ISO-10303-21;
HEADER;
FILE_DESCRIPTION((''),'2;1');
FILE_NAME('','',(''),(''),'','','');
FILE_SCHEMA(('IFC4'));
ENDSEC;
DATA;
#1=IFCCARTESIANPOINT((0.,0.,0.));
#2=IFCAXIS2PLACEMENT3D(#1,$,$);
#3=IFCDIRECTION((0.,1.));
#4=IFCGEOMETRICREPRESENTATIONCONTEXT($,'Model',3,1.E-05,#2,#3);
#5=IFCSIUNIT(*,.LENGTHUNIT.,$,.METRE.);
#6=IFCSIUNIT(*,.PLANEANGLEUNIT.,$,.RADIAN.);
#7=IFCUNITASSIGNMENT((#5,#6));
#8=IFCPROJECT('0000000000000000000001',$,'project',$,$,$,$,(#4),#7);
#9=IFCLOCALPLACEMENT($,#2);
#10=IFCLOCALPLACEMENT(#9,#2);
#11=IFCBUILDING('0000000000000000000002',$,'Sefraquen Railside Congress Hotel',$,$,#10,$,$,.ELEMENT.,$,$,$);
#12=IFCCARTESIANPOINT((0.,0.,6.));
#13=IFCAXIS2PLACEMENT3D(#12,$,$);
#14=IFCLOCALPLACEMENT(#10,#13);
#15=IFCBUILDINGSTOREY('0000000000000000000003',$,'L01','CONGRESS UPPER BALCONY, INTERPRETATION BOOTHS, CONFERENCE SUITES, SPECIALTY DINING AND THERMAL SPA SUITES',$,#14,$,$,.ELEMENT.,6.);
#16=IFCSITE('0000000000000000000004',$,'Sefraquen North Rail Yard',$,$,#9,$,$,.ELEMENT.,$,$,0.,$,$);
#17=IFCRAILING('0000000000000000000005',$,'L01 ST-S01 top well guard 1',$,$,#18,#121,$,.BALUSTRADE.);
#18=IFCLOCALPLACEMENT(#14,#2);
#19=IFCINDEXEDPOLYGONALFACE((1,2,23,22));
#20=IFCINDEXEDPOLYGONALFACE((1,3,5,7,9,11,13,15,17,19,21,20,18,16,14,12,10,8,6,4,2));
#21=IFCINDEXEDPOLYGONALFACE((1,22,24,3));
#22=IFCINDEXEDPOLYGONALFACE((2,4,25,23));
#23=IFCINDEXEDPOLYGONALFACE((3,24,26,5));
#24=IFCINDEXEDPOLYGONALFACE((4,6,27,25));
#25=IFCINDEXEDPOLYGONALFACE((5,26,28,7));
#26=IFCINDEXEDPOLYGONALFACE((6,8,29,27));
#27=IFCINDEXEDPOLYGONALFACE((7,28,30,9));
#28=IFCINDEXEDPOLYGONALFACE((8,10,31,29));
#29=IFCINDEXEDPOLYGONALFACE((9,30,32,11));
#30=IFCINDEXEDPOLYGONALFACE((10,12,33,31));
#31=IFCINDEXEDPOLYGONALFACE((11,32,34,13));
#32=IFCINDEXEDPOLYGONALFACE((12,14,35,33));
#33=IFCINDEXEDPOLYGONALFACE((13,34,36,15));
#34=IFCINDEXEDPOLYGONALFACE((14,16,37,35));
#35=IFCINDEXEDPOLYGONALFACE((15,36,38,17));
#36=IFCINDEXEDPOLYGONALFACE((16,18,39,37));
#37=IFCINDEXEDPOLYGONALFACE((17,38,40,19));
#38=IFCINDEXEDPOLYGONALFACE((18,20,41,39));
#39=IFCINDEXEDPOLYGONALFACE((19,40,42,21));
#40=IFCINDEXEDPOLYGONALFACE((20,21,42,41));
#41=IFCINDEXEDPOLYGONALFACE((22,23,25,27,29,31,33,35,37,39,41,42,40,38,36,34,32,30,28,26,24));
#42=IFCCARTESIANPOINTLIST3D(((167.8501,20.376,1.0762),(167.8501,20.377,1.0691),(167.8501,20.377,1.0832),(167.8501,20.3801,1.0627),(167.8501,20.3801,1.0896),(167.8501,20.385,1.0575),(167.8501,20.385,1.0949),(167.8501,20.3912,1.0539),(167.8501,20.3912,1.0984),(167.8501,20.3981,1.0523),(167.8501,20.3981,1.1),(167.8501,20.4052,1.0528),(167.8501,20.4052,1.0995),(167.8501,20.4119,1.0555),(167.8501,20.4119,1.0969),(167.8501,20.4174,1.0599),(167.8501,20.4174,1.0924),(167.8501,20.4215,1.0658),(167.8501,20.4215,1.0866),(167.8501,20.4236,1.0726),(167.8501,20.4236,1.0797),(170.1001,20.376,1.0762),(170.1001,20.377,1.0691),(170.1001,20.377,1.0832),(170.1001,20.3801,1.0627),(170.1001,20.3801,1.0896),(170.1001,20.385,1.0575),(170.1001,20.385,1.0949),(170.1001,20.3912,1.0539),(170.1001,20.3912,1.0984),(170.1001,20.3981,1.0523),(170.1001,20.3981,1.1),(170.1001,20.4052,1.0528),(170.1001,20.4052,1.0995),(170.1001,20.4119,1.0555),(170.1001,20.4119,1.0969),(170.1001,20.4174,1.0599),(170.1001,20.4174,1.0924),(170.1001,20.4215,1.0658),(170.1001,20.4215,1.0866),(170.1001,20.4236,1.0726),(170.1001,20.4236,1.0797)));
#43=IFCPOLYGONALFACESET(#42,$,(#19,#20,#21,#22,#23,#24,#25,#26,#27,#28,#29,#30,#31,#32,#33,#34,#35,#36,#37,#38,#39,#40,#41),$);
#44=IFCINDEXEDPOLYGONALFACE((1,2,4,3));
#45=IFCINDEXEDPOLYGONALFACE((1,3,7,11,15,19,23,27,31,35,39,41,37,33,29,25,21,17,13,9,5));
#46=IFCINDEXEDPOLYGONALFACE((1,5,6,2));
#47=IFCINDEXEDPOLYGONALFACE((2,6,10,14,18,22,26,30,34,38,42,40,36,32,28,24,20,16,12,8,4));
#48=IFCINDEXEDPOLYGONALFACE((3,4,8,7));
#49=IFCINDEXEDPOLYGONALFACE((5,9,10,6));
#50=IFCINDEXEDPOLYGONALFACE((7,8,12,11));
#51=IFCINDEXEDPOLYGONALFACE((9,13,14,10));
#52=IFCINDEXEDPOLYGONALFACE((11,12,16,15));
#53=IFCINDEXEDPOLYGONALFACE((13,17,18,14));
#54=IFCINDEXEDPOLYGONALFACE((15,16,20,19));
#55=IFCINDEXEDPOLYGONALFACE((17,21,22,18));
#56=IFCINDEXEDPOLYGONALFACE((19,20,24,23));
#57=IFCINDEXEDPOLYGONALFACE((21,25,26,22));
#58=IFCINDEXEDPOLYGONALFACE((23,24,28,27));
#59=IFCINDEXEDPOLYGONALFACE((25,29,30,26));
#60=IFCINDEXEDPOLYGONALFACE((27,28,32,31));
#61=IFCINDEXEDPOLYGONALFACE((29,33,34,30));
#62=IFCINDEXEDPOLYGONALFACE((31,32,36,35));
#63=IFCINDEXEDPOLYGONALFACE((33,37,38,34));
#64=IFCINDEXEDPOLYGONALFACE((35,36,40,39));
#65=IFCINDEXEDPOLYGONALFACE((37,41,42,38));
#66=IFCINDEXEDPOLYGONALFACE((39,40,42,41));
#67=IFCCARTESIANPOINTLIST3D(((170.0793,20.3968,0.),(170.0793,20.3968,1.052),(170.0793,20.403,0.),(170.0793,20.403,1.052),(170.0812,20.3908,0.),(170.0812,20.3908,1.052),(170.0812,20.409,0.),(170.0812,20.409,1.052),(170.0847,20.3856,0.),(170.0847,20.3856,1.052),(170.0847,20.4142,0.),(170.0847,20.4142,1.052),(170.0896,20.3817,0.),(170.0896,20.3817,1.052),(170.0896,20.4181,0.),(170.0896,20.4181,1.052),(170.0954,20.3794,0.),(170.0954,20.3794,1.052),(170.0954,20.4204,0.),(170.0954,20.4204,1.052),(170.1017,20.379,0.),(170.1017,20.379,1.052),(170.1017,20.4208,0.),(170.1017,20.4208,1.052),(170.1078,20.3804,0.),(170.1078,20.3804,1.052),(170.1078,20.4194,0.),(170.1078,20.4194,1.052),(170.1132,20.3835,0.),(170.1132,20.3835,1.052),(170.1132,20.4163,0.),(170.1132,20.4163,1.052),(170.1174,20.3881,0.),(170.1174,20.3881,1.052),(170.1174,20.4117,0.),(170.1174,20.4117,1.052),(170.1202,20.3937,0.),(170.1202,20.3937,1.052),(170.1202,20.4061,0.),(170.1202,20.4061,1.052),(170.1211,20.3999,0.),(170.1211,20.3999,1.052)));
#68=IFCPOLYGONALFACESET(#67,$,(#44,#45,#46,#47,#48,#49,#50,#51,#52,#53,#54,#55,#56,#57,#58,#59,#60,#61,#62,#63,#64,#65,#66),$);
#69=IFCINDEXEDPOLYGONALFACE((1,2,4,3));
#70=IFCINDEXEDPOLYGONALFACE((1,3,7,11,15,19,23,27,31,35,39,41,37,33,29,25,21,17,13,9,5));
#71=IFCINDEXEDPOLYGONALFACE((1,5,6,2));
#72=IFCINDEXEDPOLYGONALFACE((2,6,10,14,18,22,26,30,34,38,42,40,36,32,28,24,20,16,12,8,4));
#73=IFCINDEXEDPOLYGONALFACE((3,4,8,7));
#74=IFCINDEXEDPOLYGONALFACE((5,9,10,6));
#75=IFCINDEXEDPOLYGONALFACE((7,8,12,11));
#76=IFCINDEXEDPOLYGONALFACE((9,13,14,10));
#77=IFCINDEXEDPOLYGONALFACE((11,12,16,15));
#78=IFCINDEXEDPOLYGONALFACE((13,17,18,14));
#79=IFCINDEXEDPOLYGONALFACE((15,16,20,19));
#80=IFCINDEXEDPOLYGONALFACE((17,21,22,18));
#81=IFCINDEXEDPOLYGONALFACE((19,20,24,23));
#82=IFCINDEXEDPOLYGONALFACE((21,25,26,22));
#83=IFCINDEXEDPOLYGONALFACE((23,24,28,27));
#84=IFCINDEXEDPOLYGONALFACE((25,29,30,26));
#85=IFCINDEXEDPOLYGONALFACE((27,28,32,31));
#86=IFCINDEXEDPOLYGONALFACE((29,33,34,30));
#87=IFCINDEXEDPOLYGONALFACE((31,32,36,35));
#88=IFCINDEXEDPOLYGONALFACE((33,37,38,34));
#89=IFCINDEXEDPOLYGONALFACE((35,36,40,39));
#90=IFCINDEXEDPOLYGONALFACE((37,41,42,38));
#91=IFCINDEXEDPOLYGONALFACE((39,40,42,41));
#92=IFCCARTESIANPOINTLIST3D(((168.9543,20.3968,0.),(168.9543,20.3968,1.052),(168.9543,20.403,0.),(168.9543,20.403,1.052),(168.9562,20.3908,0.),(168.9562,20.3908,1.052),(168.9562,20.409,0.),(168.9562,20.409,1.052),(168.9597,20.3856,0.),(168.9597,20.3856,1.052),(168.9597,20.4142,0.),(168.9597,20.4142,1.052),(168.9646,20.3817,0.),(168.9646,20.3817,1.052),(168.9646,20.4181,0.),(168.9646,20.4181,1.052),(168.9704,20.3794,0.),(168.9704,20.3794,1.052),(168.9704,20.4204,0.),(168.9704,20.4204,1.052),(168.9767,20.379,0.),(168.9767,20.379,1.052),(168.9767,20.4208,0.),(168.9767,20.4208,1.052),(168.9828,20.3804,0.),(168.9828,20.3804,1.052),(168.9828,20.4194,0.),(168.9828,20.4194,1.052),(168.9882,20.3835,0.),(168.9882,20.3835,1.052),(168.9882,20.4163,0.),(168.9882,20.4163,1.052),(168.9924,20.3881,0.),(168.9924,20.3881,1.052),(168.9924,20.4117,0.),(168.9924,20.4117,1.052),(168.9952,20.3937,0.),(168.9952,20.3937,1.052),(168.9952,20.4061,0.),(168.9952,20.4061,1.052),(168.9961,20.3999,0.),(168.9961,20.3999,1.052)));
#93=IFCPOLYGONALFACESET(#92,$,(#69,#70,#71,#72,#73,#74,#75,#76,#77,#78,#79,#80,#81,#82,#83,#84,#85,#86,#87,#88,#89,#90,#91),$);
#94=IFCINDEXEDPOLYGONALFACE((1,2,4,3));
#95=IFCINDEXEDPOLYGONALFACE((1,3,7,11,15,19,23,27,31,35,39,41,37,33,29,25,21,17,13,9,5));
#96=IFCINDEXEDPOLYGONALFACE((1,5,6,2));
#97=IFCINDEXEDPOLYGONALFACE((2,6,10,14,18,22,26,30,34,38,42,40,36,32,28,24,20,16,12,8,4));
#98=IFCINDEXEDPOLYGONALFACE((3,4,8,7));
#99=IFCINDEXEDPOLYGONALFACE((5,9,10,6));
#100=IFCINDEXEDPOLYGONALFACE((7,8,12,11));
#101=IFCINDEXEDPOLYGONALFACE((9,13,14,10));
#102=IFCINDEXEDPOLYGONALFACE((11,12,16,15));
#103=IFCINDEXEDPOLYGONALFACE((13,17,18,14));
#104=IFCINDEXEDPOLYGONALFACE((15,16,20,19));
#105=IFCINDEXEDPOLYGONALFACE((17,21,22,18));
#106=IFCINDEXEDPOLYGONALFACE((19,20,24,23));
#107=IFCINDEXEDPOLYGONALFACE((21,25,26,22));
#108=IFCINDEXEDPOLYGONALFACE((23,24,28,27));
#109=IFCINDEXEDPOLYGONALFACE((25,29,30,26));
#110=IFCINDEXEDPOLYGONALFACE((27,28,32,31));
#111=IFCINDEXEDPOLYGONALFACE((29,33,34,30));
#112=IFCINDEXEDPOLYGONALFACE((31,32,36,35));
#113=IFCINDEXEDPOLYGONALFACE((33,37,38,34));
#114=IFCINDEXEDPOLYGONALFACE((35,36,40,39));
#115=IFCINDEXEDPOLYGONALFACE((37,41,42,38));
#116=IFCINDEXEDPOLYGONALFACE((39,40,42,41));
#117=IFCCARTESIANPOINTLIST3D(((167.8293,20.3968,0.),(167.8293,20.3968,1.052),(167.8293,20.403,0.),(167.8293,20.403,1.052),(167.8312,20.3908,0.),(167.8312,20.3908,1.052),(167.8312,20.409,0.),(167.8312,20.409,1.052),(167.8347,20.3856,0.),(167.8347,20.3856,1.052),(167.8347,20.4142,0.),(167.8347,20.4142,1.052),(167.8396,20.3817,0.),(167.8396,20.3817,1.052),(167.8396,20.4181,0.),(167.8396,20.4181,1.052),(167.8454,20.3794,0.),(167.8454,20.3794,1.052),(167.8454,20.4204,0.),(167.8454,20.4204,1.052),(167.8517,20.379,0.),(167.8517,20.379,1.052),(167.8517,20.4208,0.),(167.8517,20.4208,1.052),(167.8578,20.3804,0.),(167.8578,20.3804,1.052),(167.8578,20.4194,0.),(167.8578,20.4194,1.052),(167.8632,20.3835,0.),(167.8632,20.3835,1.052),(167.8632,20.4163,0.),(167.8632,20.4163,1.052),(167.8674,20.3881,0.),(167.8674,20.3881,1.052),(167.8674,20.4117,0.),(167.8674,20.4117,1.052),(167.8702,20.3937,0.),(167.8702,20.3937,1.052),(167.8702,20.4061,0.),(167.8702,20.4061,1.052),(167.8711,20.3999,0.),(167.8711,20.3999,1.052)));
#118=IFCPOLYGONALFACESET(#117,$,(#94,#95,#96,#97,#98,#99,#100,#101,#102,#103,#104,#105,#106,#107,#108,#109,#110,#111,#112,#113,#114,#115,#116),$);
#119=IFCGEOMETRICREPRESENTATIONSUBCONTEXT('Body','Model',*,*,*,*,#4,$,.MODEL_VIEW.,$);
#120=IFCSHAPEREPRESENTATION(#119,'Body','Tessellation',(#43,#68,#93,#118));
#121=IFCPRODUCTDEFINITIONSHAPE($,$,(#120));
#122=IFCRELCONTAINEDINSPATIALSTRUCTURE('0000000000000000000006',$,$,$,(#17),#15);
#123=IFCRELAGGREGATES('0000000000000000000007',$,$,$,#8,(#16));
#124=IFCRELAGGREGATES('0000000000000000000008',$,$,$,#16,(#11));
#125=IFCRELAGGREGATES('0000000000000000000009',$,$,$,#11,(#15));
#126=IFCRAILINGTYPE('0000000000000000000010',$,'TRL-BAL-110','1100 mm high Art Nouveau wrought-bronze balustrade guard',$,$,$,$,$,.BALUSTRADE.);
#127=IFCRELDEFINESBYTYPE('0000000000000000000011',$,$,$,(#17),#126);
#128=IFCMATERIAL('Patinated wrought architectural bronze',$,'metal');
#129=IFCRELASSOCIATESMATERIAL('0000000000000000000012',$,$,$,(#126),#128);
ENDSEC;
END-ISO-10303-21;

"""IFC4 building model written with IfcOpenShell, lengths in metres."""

from ifc_helpers import new_model, si_unit, direction, frame, origin, origin_2d, place, context, subcontext, project, spatial, circle, extrude, material, type_object, element, save


model = new_model("IFC4")

# Units and contexts
model_context = context("Model", 3, precision=1e-05, world=origin(), true_north=direction((0.0, 1.0)))
body_context = subcontext(model_context, "Body", "Model", "MODEL_VIEW")
ifc_project = project(units=[si_unit("LENGTHUNIT", "METRE"), si_unit("PLANEANGLEUNIT", "RADIAN")], contexts=[model_context])

# Site, building, storey
site_placement = place(None, origin())
site = spatial("IfcSite", under=ifc_project, at=site_placement, Name="Sefraquen North Rail Yard", CompositionType="ELEMENT", RefElevation=0.0)
building_placement = place(site_placement, origin())
building = spatial("IfcBuilding", under=site, at=building_placement, Name="Sefraquen Railside Congress Hotel", CompositionType="ELEMENT")
storey_placement = place(building_placement, frame((0.0, 0.0, 6.0)))
storey = spatial("IfcBuildingStorey", under=building, at=storey_placement, Name="L01", Description="CONGRESS UPPER BALCONY, INTERPRETATION BOOTHS, CONFERENCE SUITES, SPECIALTY DINING AND THERMAL SPA SUITES", CompositionType="ELEMENT", Elevation=6.0)

# Railing
ifc_material_1 = material(Name="Patinated wrought architectural bronze", Category="metal")
railing_type = type_object("IfcRailingType", Name="TRL-BAL-110", Description="1100 mm high Art Nouveau wrought-bronze balustrade guard", PredefinedType="BALUSTRADE", material=ifc_material_1)
railing_1_placement = place(storey_placement, frame((170.1001, 20.3999, 0.0)))
element("IfcRailing", 1, at=railing_1_placement, inside=storey, type_object=railing_type, Name="L01 ST-S01 top well guard 1", PredefinedType="BALUSTRADE", context=body_context, shape_type="SweptSolid", body=[
    extrude(circle(Radius=0.0239, at=origin_2d()), frame((0.0, 0.0, 1.0762), z_axis=(-1.0, 0.0, 0.0), x_axis=(0.0, -1.0, 0.0)), (0.0, 0.0, 1.0), 2.25),
    extrude(circle(Radius=0.021, at=origin_2d()), origin(), (0.0, 0.0, 1.0), 1.052),
    extrude(circle(Radius=0.021, at=origin_2d()), frame((-1.125, 0.0, 0.0)), (0.0, 0.0, 1.0), 1.052),
    extrude(circle(Radius=0.021, at=origin_2d()), frame((-2.25, 0.0, 0.0)), (0.0, 0.0, 1.0), 1.052),
])

save(model, "model.ifc")
